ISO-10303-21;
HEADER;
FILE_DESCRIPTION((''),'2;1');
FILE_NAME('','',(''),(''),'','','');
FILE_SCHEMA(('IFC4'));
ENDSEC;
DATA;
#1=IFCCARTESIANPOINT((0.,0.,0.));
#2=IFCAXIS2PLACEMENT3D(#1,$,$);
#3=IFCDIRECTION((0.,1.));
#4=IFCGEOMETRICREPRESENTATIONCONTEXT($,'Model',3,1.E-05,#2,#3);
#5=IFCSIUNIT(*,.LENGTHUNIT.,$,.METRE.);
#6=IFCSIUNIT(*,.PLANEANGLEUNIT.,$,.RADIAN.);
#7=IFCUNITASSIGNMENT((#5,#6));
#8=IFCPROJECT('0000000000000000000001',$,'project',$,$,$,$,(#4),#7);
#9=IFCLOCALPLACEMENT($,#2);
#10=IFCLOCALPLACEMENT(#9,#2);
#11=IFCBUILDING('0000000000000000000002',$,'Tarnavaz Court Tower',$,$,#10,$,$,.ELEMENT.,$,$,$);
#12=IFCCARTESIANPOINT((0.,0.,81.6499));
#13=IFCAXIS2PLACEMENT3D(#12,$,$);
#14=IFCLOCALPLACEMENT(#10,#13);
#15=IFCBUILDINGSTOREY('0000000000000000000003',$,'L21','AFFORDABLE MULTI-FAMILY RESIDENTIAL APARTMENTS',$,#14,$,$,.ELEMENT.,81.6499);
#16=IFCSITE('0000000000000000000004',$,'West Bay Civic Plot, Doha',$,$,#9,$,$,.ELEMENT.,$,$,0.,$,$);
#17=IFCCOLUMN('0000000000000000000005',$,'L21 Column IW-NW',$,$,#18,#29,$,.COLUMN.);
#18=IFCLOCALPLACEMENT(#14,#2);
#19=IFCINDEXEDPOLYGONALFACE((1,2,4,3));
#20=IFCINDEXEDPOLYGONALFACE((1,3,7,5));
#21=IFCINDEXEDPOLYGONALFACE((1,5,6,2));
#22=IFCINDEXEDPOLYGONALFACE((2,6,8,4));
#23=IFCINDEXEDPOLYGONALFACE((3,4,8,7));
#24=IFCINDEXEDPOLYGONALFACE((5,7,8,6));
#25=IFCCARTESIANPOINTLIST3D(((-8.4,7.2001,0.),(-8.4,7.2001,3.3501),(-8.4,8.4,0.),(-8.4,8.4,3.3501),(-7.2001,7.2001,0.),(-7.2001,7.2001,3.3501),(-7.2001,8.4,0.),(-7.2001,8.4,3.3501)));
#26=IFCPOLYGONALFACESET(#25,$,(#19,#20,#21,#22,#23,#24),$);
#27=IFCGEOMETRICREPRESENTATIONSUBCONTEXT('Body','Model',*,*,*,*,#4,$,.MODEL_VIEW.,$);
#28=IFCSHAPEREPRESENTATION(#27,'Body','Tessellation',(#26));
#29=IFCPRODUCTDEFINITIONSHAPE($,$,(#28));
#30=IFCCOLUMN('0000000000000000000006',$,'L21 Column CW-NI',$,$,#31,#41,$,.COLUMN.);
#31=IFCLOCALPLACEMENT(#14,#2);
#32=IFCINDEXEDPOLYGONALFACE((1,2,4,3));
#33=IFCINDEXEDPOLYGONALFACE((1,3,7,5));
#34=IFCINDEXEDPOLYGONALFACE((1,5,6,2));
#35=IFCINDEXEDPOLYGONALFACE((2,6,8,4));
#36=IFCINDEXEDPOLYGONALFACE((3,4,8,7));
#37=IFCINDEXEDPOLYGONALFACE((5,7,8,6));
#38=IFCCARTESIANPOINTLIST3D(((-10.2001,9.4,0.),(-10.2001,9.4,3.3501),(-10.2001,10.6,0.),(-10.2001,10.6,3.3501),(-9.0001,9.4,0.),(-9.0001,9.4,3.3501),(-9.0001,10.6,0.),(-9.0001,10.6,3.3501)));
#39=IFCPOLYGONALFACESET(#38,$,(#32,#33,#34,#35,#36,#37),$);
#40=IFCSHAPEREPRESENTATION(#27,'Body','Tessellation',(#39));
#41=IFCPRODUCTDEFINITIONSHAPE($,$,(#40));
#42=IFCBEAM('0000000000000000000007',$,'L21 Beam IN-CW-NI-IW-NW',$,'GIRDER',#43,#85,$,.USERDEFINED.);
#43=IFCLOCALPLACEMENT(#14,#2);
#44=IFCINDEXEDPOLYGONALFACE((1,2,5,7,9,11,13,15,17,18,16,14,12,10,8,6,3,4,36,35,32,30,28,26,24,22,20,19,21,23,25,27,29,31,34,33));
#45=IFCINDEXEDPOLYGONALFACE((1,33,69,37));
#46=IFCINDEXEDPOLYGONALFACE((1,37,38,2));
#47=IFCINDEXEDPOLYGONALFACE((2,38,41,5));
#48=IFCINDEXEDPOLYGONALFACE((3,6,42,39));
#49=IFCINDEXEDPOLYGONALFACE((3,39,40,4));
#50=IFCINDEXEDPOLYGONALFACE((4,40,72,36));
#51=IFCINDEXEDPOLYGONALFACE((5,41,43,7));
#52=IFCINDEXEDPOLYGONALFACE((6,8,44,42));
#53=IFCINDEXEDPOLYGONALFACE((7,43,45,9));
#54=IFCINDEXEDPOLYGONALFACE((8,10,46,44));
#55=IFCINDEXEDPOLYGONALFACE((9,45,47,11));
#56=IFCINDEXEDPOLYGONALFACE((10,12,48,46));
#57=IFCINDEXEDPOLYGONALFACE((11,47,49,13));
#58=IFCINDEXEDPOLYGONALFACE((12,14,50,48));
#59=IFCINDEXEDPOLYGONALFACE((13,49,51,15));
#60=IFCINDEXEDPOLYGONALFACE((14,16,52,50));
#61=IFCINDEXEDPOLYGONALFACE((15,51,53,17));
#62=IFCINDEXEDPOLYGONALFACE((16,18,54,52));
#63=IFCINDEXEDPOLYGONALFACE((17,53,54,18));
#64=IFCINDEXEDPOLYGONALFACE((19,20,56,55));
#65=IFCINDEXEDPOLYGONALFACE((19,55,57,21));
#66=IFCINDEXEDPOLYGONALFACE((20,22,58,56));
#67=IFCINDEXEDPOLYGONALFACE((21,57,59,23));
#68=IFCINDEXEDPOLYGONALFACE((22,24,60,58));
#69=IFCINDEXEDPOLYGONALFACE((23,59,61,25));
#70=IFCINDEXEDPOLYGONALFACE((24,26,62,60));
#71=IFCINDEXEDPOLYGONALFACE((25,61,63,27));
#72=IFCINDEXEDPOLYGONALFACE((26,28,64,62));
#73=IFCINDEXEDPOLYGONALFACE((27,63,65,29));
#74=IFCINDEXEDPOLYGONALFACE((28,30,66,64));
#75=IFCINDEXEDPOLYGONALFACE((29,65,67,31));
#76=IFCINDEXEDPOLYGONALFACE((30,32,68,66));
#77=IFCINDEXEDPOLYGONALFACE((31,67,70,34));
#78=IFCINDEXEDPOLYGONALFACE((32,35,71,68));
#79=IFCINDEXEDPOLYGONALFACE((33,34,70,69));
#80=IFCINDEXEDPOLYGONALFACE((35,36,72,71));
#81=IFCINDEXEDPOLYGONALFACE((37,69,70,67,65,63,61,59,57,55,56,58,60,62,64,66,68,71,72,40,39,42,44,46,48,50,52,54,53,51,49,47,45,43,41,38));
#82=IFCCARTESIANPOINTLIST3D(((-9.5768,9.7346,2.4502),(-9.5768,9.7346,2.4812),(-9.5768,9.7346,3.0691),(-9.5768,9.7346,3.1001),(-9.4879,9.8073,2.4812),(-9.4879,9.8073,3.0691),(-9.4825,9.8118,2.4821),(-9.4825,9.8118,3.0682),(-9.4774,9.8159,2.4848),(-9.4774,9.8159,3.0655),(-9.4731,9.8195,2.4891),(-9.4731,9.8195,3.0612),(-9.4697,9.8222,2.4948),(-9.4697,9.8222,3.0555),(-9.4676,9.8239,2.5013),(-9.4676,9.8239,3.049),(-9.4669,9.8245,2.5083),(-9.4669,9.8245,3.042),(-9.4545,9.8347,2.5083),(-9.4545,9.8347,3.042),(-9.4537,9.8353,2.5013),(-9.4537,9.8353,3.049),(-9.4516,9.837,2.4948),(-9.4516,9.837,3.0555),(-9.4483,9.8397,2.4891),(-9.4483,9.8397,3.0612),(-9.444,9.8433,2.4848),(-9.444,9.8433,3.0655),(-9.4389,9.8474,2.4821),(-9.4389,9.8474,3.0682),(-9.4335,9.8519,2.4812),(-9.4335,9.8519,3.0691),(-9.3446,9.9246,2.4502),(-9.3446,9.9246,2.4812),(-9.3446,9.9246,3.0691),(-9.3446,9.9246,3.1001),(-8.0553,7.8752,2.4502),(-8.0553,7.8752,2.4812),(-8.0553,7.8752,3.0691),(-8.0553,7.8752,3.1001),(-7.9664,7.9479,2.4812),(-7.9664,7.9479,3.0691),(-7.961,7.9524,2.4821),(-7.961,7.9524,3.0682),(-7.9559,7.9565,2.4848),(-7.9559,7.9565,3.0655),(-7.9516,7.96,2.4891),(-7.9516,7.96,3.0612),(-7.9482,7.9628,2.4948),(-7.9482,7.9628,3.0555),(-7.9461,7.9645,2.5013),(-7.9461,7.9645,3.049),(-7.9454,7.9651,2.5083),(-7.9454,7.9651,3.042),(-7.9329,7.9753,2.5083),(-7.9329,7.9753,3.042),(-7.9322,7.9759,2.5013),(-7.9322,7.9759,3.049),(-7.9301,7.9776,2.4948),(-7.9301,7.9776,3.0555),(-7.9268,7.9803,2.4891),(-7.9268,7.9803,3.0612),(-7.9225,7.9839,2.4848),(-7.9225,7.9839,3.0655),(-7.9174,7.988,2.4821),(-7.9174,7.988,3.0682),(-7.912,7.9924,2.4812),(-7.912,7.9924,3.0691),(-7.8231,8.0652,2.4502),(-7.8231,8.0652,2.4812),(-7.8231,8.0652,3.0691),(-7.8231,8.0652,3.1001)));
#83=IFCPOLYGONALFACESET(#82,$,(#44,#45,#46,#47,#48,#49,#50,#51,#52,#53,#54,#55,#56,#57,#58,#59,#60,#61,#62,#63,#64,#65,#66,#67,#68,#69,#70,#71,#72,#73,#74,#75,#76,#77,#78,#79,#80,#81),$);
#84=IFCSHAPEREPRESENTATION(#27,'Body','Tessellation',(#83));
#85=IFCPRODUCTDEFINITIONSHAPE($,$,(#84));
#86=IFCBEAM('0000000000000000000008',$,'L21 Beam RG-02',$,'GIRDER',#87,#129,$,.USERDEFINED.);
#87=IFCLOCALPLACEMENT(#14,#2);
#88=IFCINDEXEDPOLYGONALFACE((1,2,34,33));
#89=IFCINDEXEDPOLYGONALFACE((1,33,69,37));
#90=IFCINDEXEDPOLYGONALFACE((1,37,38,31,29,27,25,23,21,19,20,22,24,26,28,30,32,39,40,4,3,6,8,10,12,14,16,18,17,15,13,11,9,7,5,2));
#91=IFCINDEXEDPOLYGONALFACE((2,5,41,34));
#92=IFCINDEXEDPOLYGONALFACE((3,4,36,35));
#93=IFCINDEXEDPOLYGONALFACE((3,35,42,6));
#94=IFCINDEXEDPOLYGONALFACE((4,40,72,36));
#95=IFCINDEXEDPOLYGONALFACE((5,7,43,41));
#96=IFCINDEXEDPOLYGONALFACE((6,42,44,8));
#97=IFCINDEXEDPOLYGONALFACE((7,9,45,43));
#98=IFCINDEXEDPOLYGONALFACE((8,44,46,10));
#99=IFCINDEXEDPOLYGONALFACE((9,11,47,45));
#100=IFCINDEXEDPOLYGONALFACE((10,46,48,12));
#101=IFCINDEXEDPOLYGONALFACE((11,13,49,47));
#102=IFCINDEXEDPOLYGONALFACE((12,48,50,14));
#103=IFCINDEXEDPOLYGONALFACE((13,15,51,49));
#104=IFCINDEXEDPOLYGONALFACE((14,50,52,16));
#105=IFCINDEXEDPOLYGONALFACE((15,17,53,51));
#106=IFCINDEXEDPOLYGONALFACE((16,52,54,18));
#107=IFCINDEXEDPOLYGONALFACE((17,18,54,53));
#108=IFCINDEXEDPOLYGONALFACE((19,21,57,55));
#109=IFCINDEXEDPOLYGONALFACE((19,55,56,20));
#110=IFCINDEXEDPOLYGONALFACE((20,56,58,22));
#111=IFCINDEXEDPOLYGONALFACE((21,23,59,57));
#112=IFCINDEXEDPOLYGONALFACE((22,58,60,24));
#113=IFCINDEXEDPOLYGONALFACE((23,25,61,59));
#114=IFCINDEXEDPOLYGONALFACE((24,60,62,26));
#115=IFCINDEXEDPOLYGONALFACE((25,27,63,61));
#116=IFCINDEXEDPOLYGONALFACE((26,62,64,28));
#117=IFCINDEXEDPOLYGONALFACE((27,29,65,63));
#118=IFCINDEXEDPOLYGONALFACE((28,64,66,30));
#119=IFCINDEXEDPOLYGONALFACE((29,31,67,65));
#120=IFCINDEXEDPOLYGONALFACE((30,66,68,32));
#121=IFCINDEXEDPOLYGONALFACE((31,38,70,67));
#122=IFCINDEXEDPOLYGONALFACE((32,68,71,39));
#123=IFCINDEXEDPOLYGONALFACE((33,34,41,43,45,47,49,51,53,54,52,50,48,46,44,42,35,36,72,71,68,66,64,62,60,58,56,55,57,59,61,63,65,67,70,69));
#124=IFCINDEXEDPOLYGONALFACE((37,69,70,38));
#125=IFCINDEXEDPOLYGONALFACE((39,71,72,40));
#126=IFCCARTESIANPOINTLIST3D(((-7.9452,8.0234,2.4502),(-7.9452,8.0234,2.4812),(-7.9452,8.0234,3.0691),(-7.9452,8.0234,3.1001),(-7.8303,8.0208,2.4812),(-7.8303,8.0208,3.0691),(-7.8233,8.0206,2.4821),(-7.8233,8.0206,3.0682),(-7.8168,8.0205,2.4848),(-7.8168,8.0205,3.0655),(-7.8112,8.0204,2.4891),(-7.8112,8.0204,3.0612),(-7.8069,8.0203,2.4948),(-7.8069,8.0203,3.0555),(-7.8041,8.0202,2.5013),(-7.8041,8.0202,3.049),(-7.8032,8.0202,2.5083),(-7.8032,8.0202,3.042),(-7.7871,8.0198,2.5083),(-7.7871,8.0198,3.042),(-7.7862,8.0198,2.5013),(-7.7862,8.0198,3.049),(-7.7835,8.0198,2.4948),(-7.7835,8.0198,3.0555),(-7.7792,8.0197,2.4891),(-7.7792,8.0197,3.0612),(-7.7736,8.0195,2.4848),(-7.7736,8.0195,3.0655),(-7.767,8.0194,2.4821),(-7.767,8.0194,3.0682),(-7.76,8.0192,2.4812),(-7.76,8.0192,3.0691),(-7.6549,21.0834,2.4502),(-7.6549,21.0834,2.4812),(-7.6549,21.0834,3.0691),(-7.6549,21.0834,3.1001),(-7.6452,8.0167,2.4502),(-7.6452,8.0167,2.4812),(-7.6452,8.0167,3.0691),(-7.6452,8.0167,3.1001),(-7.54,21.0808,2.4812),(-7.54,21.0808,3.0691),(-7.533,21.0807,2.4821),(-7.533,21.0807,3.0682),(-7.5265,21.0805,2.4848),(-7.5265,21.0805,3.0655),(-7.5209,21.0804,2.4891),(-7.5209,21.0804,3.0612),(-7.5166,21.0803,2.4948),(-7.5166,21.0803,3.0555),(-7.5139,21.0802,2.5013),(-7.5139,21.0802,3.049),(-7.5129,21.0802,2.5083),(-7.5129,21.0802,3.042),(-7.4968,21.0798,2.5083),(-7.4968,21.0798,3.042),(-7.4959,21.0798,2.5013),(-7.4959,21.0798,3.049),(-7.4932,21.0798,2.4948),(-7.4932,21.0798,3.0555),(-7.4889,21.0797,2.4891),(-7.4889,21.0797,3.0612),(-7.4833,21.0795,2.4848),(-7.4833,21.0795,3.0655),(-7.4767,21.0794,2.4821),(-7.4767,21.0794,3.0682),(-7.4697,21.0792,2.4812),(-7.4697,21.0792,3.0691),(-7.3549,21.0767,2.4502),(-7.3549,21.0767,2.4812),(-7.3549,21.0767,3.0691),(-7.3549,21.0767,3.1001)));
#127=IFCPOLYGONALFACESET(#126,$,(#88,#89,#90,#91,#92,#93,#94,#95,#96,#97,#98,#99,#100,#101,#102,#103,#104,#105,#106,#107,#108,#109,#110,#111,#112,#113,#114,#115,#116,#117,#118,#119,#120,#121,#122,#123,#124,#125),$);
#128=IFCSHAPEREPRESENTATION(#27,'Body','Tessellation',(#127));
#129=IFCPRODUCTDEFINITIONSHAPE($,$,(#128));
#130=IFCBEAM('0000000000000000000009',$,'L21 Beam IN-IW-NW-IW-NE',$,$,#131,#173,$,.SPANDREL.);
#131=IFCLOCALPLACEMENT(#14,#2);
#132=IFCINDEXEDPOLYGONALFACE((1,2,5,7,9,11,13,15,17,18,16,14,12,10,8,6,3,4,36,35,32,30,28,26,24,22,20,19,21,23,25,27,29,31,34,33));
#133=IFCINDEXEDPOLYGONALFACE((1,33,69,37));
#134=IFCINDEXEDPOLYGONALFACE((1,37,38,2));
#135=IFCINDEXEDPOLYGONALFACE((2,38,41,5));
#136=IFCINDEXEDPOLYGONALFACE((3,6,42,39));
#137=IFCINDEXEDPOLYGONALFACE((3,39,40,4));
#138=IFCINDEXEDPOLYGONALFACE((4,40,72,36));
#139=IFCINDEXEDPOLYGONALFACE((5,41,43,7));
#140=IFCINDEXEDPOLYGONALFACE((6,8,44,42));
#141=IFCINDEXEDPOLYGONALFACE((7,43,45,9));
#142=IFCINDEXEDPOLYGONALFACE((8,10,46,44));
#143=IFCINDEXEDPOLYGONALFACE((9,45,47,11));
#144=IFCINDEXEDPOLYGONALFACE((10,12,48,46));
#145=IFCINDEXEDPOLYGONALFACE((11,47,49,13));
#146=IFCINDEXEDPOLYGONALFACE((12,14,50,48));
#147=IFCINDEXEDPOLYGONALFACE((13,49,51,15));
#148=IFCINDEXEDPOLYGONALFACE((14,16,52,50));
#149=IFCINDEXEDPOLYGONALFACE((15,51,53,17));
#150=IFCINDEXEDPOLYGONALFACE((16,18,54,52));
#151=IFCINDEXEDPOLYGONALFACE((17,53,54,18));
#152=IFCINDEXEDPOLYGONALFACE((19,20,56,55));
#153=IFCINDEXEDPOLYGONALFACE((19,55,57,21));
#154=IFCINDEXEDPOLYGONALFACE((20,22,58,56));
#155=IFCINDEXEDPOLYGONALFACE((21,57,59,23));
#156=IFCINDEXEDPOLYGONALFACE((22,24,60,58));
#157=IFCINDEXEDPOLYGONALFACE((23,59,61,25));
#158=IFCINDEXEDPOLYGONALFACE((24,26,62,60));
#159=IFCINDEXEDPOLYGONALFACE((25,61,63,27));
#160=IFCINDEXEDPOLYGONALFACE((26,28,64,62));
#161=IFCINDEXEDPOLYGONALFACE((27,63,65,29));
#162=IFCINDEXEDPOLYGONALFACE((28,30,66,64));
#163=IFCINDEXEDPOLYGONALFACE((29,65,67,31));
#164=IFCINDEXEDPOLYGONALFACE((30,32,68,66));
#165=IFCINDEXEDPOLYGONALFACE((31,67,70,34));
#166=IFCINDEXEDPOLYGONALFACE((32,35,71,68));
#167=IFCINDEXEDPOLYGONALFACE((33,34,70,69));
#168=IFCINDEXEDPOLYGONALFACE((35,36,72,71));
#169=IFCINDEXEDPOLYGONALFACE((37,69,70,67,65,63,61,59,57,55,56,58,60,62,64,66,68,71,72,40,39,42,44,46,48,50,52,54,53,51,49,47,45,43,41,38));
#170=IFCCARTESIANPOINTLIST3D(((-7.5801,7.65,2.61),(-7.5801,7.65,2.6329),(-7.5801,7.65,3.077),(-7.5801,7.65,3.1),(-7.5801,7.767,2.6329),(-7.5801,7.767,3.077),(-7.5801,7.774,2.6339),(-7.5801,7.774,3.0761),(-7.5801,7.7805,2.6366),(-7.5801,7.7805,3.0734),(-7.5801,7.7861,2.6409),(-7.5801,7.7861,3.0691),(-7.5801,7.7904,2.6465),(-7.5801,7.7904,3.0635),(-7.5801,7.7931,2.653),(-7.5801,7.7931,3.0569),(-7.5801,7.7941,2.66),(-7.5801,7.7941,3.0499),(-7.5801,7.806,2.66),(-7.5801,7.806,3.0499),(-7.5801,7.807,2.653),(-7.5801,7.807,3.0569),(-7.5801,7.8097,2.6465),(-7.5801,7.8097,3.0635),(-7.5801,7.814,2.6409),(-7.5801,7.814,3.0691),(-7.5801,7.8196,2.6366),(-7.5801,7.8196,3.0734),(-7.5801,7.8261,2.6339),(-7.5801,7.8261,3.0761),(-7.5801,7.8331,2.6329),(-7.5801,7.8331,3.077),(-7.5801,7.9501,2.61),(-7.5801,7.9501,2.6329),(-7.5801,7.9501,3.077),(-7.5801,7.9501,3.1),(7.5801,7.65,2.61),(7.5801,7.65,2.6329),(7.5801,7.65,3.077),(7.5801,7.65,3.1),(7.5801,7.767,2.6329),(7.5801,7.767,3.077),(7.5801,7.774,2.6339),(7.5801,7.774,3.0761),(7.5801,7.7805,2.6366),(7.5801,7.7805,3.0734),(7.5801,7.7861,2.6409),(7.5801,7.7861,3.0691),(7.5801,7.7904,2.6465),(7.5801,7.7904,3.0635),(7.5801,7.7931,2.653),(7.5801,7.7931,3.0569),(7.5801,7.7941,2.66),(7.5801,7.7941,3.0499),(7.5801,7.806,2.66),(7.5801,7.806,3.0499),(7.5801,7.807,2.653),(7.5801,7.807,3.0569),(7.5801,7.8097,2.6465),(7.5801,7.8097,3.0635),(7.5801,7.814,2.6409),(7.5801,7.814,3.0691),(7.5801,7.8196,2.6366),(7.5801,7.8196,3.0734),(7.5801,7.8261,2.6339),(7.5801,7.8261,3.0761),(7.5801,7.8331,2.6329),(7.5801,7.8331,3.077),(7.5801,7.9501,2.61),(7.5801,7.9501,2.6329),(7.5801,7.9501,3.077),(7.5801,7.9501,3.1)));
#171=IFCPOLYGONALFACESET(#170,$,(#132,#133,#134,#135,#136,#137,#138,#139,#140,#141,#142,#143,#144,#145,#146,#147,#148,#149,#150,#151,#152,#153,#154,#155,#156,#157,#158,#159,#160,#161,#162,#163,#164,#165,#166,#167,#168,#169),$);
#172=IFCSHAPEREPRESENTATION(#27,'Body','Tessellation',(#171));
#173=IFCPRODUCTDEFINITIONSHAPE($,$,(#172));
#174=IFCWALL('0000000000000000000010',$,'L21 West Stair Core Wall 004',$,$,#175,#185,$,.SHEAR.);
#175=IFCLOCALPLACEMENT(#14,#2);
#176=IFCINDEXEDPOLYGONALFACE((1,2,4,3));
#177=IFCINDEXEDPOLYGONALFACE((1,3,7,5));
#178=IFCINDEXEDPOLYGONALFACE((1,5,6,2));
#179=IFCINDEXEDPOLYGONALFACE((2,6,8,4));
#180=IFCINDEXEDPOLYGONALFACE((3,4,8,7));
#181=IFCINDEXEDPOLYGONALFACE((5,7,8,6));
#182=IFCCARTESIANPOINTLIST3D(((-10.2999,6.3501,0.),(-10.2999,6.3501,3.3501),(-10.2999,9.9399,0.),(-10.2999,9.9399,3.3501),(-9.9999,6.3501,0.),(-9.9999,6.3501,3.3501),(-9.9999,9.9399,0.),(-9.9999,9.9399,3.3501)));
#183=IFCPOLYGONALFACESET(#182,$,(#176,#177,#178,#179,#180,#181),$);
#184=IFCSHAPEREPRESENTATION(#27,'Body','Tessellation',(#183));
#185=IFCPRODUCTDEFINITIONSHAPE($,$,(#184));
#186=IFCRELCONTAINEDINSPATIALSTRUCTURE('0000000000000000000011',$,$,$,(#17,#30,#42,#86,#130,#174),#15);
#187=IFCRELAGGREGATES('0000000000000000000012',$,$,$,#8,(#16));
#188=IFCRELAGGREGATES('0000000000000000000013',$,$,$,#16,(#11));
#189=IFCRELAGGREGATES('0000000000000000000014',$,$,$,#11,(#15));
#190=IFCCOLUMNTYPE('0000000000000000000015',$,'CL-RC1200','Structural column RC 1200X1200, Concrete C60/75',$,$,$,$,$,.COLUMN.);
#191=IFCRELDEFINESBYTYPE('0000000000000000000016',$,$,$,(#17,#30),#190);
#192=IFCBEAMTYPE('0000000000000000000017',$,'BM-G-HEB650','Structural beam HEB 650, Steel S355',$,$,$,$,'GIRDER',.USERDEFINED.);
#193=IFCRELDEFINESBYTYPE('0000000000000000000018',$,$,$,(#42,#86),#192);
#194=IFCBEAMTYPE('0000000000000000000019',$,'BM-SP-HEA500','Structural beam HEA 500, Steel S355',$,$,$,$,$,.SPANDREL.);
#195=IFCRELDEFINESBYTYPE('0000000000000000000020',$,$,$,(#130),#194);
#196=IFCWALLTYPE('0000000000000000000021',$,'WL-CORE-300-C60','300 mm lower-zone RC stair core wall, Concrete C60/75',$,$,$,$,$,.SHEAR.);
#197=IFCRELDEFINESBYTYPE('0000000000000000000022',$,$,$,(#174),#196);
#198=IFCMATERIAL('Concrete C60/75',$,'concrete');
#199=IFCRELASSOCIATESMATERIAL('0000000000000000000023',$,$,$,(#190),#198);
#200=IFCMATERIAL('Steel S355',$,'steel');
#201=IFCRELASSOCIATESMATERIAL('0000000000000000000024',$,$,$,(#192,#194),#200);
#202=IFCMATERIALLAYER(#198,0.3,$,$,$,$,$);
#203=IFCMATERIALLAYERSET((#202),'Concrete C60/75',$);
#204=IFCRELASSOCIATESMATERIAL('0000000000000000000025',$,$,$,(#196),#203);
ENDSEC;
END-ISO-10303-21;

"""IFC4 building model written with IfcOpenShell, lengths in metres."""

from ifc_helpers import new_model, si_unit, direction, frame, frame_2d, origin, origin_2d, place, context, subcontext, project, spatial, rectangle, i_section, extrude, material, layer, layer_set, material_profile, profile_set, type_object, element, save


model = new_model("IFC4")

# Units and contexts
model_context = context("Model", 3, precision=1e-05, world=origin(), true_north=direction((0.0, 1.0)))
body_context = subcontext(model_context, "Body", "Model", "MODEL_VIEW")
ifc_project = project(units=[si_unit("LENGTHUNIT", "METRE"), si_unit("PLANEANGLEUNIT", "RADIAN")], contexts=[model_context])

# Site, building, storey
site_placement = place(None, origin())
site = spatial("IfcSite", under=ifc_project, at=site_placement, Name="West Bay Civic Plot, Doha", CompositionType="ELEMENT", RefElevation=0.0)
building_placement = place(site_placement, origin())
building = spatial("IfcBuilding", under=site, at=building_placement, Name="Tarnavaz Court Tower", CompositionType="ELEMENT")
storey_placement = place(building_placement, frame((0.0, 0.0, 81.6499)))
storey = spatial("IfcBuildingStorey", under=building, at=storey_placement, Name="L21", Description="AFFORDABLE MULTI-FAMILY RESIDENTIAL APARTMENTS", CompositionType="ELEMENT", Elevation=81.6499)

# Columns
ifc_material_1 = material(Name="Concrete C60/75", Category="concrete")
ifc_material_profile_1 = material_profile(ifc_material_1, rectangle(XDim=1.2, YDim=1.2, at=origin_2d()), Name="RC 1200X1200")
ifc_profile_set_1 = profile_set([ifc_material_profile_1], Name="Concrete C60/75")
column_type = type_object("IfcColumnType", Name="CL-RC1200", Description="Structural column RC 1200X1200, Concrete C60/75", PredefinedType="COLUMN", material=ifc_profile_set_1)
for number, where, z_axis, x_axis, name in (
    (1, (-7.8, 7.8, 0.0), (0.0, 0.0, 1.0), (1.0, 0.0, 0.0), "L21 Column IW-NW"),
    (2, (-9.6001, 10.0, 0.0), (0.0, 0.0, 1.0), (1.0, 0.0, 0.0), "L21 Column CW-NI"),
):
    element("IfcColumn", number, at=place(storey_placement, frame(where, z_axis=z_axis, x_axis=x_axis)), inside=storey, type_object=column_type, Name=name, PredefinedType="COLUMN", context=body_context, shape_type="SweptSolid", body=[
        extrude(rectangle(XDim=1.2, YDim=1.2, at=origin_2d()), origin(), (0.0, 0.0, 1.0), 3.3501),
    ])

# Beams
ifc_material_2 = material(Name="Steel S355", Category="steel")
ifc_material_profile_2 = material_profile(ifc_material_2, i_section(OverallWidth=0.3, OverallDepth=0.6499, WebThickness=0.0161, FlangeThickness=0.031, FilletRadius=0.0271, at=origin_2d()), Name="HEB 650")
ifc_profile_set_2 = profile_set([ifc_material_profile_2], Name="Steel S355")
beam_type_1 = type_object("IfcBeamType", Name="BM-G-HEB650", Description="Structural beam HEB 650, Steel S355", ElementType="GIRDER", PredefinedType="USERDEFINED", material=ifc_profile_set_2)
beam_1_placement = place(storey_placement, frame((-9.4607, 9.8296, 2.7751), z_axis=(0.633282, -0.773921, 0.0), x_axis=(0.773921, 0.633282, 0.0)))
element("IfcBeam", 3, at=beam_1_placement, inside=storey, type_object=beam_type_1, Name="L21 Beam IN-CW-NI-IW-NW", ObjectType="GIRDER", PredefinedType="USERDEFINED", context=body_context, shape_type="SweptSolid", body=[
    extrude(i_section(OverallWidth=0.3, OverallDepth=0.6499, WebThickness=0.0161, FlangeThickness=0.031, FilletRadius=0.0271, at=origin_2d()), origin(), (0.0, 0.0, 1.0), 2.4026),
])
beam_2_placement = place(storey_placement, frame((-7.7952, 8.02, 2.7751), z_axis=(0.022221, 0.999753, 0.0), x_axis=(-0.999753, 0.022221, 0.0)))
element("IfcBeam", 4, at=beam_2_placement, inside=storey, type_object=beam_type_1, Name="L21 Beam RG-02", ObjectType="GIRDER", PredefinedType="USERDEFINED", context=body_context, shape_type="SweptSolid", body=[
    extrude(i_section(OverallWidth=0.3, OverallDepth=0.6499, WebThickness=0.0161, FlangeThickness=0.031, FilletRadius=0.0271, at=origin_2d()), origin(), (0.0, 0.0, 1.0), 13.0632),
])
ifc_material_profile_3 = material_profile(ifc_material_2, i_section(OverallWidth=0.3, OverallDepth=0.49, WebThickness=0.012, FlangeThickness=0.0229, FilletRadius=0.0271, at=origin_2d()), Name="HEA 500")
ifc_profile_set_3 = profile_set([ifc_material_profile_3], Name="Steel S355")
beam_type_2 = type_object("IfcBeamType", Name="BM-SP-HEA500", Description="Structural beam HEA 500, Steel S355", PredefinedType="SPANDREL", material=ifc_profile_set_3)
beam_3_placement = place(storey_placement, frame((-7.5801, 7.8, 2.855), z_axis=(1.0, 0.0, 0.0), x_axis=(0.0, 1.0, 0.0)))
element("IfcBeam", 5, at=beam_3_placement, inside=storey, type_object=beam_type_2, Name="L21 Beam IN-IW-NW-IW-NE", PredefinedType="SPANDREL", context=body_context, shape_type="SweptSolid", body=[
    extrude(i_section(OverallWidth=0.3, OverallDepth=0.49, WebThickness=0.012, FlangeThickness=0.0229, FilletRadius=0.0271, at=origin_2d()), origin(), (0.0, 0.0, 1.0), 15.1602),
])

# Wall
ifc_layer_1 = layer(ifc_material_1, 0.3)
ifc_layer_set_1 = layer_set([ifc_layer_1], Name="Concrete C60/75")
wall_type_1 = type_object("IfcWallType", Name="WL-CORE-300-C60", Description="300 mm lower-zone RC stair core wall, Concrete C60/75", PredefinedType="SHEAR", material=ifc_layer_set_1)
wall_1_placement = place(storey_placement, frame((-10.1499, 6.3501, 0.0), z_axis=(0.0, 0.0, 1.0), x_axis=(0.0, 1.0, 0.0)))
element("IfcWall", 6, at=wall_1_placement, inside=storey, type_object=wall_type_1, Name="L21 West Stair Core Wall 004", PredefinedType="SHEAR", context=body_context, shape_type="SweptSolid", body=[
    extrude(rectangle(XDim=3.5898, YDim=0.3, at=frame_2d((1.7949, 0.0))), origin(), (0.0, 0.0, 1.0), 3.3501),
])

save(model, "model.ifc")
